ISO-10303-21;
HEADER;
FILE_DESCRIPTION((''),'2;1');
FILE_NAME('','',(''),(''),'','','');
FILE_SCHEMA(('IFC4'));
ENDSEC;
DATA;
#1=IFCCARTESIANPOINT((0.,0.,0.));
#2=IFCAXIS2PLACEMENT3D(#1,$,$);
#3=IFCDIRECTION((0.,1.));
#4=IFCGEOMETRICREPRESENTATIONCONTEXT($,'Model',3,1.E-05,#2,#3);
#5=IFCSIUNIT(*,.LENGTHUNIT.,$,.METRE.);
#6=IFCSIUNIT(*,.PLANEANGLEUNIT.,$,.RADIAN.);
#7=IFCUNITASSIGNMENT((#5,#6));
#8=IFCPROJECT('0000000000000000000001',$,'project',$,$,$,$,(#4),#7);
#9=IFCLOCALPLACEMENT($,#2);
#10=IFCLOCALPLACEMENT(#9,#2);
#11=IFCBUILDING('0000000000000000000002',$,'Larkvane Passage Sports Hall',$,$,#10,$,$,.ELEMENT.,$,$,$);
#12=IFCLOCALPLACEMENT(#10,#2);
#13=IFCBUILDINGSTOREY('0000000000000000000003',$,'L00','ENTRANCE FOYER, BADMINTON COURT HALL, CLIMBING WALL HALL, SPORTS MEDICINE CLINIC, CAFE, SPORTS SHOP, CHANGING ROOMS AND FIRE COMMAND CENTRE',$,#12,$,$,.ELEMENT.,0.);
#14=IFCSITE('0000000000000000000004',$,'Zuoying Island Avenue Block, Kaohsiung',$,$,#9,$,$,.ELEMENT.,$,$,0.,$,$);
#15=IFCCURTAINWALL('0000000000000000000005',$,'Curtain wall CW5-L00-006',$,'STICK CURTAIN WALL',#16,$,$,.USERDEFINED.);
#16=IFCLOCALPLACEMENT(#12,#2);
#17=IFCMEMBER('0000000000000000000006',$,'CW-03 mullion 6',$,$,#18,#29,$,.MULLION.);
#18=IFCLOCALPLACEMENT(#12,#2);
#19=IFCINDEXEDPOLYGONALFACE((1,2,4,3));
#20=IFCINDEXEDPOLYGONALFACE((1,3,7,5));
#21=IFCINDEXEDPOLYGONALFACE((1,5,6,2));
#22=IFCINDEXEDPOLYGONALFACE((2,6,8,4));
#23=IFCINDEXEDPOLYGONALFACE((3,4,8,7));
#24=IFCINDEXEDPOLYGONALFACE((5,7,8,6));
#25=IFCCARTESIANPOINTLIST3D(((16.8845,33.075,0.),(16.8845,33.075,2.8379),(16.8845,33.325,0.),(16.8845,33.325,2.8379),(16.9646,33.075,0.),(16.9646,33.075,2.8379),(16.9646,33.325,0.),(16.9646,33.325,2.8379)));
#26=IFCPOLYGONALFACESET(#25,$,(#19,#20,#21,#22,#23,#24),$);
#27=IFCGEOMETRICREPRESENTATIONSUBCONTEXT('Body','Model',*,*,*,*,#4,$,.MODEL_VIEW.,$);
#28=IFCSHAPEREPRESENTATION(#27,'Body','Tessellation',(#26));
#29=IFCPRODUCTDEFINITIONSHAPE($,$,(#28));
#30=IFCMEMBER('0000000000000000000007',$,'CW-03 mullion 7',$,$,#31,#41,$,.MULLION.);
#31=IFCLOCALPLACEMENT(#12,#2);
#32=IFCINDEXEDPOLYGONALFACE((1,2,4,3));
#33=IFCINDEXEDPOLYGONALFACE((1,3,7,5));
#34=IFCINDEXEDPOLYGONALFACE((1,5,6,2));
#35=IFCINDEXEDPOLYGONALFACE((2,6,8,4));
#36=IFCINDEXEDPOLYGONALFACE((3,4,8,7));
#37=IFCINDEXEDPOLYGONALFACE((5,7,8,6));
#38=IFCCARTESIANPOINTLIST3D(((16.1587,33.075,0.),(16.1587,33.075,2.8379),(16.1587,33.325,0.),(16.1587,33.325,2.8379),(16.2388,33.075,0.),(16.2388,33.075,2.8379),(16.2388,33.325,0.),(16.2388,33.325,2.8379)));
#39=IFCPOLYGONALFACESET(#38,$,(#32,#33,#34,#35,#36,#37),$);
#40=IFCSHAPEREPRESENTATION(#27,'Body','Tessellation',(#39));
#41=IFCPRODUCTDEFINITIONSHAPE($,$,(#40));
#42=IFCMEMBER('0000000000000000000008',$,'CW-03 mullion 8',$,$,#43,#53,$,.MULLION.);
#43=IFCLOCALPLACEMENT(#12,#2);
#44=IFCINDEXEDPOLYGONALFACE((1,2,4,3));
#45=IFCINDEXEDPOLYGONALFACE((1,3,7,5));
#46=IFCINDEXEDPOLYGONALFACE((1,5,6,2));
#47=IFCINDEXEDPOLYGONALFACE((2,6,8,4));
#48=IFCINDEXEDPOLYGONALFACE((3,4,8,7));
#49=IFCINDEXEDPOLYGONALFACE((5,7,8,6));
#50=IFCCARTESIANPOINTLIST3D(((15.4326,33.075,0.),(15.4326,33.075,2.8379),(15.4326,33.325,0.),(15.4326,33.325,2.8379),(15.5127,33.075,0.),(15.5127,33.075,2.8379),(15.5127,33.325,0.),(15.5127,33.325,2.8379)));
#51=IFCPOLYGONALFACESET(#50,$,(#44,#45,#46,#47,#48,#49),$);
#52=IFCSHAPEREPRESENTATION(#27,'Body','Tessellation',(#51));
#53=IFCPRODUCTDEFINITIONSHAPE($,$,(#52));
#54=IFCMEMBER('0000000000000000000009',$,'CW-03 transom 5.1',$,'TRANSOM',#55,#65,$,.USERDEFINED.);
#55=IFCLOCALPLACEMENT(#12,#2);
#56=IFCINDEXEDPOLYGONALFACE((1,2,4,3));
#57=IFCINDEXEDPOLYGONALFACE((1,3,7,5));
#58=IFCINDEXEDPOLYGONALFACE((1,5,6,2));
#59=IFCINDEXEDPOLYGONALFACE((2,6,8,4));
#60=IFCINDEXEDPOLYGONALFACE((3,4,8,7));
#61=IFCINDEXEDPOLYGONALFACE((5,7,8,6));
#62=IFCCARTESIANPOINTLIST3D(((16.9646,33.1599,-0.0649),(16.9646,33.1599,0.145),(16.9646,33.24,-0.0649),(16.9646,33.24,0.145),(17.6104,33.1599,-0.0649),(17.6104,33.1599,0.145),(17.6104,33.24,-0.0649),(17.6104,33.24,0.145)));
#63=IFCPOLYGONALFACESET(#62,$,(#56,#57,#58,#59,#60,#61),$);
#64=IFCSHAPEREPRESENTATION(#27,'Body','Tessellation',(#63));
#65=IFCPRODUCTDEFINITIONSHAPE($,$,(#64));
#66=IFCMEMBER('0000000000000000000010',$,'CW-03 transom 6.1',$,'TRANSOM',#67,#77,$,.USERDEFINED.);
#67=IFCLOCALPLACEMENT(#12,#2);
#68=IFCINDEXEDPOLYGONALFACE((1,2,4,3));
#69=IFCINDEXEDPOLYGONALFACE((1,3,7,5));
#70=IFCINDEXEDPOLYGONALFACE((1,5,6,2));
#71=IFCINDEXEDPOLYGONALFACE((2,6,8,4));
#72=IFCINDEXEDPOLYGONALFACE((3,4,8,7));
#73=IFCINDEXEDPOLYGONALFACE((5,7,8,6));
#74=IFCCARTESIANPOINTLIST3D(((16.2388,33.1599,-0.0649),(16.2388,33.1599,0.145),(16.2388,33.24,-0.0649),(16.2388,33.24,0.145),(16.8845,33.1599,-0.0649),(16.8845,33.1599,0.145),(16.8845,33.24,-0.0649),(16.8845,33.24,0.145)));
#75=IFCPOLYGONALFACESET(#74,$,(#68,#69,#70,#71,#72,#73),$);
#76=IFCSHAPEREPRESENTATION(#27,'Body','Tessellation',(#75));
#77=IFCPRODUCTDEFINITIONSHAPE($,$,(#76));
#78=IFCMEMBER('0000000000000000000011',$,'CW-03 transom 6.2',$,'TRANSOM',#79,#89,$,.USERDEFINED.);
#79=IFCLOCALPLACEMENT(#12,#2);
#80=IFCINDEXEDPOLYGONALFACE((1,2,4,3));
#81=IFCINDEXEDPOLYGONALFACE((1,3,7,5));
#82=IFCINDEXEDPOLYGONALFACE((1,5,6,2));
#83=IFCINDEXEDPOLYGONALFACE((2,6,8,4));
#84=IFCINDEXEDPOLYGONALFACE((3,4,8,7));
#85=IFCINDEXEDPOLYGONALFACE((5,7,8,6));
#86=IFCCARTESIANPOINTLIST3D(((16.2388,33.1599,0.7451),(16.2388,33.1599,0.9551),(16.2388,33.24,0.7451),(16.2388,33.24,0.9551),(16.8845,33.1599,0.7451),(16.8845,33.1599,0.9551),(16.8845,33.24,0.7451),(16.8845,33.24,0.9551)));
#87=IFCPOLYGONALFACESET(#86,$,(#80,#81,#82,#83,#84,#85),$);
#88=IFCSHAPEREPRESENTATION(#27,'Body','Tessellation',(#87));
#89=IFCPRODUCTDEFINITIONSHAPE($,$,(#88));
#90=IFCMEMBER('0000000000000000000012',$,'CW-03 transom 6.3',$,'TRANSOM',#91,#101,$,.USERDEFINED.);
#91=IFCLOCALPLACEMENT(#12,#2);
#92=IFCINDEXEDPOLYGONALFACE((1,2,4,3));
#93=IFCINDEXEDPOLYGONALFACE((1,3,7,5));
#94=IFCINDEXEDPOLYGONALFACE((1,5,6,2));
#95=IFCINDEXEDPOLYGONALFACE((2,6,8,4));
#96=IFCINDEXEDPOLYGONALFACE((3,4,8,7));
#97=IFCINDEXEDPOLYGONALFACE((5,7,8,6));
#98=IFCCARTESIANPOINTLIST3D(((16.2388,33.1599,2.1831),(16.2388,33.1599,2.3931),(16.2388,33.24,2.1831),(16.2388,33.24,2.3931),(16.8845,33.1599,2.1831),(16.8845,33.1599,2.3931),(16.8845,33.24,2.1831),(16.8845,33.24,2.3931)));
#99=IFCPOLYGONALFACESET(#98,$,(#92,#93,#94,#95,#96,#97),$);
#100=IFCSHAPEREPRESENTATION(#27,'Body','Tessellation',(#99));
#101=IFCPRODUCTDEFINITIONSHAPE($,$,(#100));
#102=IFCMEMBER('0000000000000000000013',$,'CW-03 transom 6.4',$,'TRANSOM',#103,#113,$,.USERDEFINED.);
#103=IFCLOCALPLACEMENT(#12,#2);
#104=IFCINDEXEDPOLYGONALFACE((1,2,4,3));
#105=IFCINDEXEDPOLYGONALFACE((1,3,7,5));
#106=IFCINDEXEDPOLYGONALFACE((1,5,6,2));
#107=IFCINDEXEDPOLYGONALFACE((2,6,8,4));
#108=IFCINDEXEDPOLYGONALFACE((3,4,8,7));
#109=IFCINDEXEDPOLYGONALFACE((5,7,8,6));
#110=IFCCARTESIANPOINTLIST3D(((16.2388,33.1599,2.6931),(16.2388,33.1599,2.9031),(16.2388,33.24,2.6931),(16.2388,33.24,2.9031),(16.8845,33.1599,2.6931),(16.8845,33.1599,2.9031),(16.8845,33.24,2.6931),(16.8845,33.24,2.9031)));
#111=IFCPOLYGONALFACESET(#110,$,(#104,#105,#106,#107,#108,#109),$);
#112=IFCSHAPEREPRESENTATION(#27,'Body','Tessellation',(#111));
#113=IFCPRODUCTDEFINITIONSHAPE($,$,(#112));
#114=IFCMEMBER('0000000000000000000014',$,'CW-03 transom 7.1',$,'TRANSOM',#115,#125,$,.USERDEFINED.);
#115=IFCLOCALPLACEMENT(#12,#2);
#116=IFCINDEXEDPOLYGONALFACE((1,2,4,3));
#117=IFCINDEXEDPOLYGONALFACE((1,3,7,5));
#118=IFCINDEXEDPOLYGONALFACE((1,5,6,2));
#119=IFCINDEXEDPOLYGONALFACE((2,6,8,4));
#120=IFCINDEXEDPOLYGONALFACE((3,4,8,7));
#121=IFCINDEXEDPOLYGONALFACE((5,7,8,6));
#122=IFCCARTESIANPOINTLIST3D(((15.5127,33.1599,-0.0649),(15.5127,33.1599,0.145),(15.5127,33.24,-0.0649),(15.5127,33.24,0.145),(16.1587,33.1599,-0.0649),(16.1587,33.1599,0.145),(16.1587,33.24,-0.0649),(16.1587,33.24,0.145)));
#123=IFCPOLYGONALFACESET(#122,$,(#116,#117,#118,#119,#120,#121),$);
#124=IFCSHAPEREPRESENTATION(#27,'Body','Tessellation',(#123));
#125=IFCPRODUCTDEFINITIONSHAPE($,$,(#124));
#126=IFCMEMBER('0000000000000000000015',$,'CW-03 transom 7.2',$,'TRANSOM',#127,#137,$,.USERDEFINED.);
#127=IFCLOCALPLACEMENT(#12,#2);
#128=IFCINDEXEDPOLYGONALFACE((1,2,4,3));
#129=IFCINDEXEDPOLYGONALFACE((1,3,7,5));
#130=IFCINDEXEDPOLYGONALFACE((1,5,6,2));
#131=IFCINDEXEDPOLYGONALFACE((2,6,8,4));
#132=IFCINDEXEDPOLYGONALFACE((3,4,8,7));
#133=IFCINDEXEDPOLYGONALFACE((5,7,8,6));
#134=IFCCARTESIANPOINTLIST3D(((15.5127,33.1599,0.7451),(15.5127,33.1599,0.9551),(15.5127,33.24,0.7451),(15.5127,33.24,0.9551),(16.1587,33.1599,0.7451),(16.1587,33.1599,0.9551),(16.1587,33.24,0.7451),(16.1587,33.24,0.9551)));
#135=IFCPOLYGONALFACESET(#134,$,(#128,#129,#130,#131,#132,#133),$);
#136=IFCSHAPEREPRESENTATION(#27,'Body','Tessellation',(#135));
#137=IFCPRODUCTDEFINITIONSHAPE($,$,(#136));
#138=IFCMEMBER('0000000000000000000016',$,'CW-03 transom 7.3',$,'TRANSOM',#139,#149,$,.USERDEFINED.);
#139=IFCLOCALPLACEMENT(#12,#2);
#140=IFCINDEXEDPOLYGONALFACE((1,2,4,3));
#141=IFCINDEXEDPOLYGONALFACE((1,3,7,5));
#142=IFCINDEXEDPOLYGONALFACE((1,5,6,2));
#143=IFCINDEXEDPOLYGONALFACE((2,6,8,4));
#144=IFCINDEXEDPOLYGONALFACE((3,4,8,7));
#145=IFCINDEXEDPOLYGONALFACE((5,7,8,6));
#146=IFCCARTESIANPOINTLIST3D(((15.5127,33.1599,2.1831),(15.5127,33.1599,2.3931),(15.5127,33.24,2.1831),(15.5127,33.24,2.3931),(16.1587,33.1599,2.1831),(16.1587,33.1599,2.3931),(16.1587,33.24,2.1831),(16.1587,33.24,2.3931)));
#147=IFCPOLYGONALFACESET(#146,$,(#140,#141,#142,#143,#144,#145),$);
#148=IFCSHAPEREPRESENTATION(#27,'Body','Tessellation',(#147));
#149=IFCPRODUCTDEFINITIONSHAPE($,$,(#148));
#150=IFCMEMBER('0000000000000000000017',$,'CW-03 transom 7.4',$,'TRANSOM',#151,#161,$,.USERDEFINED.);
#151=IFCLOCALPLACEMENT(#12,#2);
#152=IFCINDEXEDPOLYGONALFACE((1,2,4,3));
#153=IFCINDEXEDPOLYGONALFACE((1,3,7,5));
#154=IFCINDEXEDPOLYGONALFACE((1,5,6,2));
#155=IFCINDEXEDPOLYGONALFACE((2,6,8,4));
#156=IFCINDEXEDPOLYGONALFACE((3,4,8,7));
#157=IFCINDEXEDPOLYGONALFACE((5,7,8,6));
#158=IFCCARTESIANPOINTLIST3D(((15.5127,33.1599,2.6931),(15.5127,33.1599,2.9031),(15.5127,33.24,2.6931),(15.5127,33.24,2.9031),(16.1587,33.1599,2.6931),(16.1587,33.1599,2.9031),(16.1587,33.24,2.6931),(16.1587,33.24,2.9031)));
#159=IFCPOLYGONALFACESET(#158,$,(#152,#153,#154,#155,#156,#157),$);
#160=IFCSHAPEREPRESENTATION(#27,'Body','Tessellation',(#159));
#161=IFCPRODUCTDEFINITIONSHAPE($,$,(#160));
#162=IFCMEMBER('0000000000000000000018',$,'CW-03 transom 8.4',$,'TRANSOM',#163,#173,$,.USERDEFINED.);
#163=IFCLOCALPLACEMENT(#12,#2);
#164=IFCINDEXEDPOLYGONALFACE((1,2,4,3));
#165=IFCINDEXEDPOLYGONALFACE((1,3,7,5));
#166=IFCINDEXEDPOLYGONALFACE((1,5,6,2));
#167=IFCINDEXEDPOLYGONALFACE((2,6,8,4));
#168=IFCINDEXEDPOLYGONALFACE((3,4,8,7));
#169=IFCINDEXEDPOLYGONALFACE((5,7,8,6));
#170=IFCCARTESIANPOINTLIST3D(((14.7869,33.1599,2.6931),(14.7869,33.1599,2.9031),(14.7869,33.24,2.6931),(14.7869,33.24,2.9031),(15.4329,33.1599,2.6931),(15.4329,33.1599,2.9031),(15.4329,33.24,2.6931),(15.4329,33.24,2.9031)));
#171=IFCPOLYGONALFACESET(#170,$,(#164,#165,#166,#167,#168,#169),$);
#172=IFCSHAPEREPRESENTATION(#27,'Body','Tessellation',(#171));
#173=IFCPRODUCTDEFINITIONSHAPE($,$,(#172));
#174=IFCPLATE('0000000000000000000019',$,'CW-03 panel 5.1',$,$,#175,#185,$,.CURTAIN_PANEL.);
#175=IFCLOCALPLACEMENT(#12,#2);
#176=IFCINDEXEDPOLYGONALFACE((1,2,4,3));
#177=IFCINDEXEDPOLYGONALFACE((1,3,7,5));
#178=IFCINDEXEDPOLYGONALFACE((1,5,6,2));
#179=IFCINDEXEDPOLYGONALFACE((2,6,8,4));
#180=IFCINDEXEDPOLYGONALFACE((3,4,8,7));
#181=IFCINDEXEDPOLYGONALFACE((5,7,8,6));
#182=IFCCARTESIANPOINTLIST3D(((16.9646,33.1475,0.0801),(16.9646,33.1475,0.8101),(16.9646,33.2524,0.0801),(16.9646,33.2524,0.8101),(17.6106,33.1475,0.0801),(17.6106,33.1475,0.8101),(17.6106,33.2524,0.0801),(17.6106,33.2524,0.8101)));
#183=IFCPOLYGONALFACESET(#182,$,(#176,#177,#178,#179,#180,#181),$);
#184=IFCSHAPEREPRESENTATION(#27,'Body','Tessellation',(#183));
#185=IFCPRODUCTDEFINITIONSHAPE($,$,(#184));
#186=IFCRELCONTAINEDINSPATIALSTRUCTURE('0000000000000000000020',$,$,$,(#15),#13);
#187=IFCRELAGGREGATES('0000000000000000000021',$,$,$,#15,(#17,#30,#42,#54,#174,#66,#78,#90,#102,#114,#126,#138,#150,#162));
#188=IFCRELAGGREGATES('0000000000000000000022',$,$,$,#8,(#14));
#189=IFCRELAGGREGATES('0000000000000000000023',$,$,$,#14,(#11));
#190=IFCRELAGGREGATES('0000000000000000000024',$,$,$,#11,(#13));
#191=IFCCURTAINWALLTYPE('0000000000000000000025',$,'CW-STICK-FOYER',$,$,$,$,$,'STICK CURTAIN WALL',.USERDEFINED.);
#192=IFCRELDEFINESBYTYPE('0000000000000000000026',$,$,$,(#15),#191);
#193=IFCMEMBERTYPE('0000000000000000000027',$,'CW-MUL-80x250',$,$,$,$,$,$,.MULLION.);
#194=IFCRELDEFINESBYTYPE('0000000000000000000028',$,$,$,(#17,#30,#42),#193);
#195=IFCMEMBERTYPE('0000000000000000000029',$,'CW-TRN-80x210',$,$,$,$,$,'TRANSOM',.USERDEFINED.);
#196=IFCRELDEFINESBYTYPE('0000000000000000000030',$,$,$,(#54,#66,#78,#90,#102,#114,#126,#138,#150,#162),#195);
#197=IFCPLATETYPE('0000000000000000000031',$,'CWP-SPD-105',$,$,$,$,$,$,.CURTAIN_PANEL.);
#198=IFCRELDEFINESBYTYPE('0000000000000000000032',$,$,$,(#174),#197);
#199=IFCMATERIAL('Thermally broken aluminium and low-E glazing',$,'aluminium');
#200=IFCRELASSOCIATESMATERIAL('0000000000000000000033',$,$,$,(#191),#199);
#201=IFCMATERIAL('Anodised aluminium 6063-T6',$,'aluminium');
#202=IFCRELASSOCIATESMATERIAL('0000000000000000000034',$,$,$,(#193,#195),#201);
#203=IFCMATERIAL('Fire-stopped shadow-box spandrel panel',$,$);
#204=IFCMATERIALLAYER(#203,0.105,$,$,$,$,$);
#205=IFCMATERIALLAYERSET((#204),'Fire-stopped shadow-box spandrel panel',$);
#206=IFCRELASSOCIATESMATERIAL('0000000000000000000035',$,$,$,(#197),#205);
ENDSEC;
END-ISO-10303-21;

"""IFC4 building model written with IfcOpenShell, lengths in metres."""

from ifc_helpers import new_model, si_unit, direction, frame, origin, origin_2d, place, context, subcontext, project, spatial, rectangle, extrude, material, layer, layer_set, material_profile, profile_set, type_object, element, aggregate, save


model = new_model("IFC4")

# Units and contexts
model_context = context("Model", 3, precision=1e-05, world=origin(), true_north=direction((0.0, 1.0)))
body_context = subcontext(model_context, "Body", "Model", "MODEL_VIEW")
ifc_project = project(units=[si_unit("LENGTHUNIT", "METRE"), si_unit("PLANEANGLEUNIT", "RADIAN")], contexts=[model_context])

# Site, building, storey
site_placement = place(None, origin())
site = spatial("IfcSite", under=ifc_project, at=site_placement, Name="Zuoying Island Avenue Block, Kaohsiung", CompositionType="ELEMENT", RefElevation=0.0)
building_placement = place(site_placement, origin())
building = spatial("IfcBuilding", under=site, at=building_placement, Name="Larkvane Passage Sports Hall", CompositionType="ELEMENT")
storey_placement = place(building_placement, origin())
storey = spatial("IfcBuildingStorey", under=building, at=storey_placement, Name="L00", Description="ENTRANCE FOYER, BADMINTON COURT HALL, CLIMBING WALL HALL, SPORTS MEDICINE CLINIC, CAFE, SPORTS SHOP, CHANGING ROOMS AND FIRE COMMAND CENTRE", CompositionType="ELEMENT", Elevation=0.0)

# Curtain wall, members, plate
ifc_material_1 = material(Name="Thermally broken aluminium and low-E glazing", Category="aluminium")
curtain_wall_type = type_object("IfcCurtainWallType", Name="CW-STICK-FOYER", ElementType="STICK CURTAIN WALL", PredefinedType="USERDEFINED", material=ifc_material_1)
curtain_wall_placement = place(storey_placement, origin())
curtain_wall = element("IfcCurtainWall", 1, at=curtain_wall_placement, inside=storey, type_object=curtain_wall_type, Name="Curtain wall CW5-L00-006", ObjectType="STICK CURTAIN WALL", PredefinedType="USERDEFINED")
ifc_material_2 = material(Name="Anodised aluminium 6063-T6", Category="aluminium")
ifc_material_profile_1 = material_profile(ifc_material_2, rectangle(XDim=0.0801, YDim=0.25, at=origin_2d()), Name="ALU-MUL-80x250")
ifc_profile_set_1 = profile_set([ifc_material_profile_1], Name="Anodised aluminium 6063-T6")
member_type_1 = type_object("IfcMemberType", Name="CW-MUL-80x250", PredefinedType="MULLION", material=ifc_profile_set_1)
member_1_placement = place(storey_placement, frame((16.9246, 33.2, 0.0), z_axis=(0.0, 0.0, 1.0), x_axis=(-1.0, 0.0, 0.0)))
member_1 = element("IfcMember", 2, at=member_1_placement, type_object=member_type_1, Name="CW-03 mullion 6", PredefinedType="MULLION", context=body_context, shape_type="SweptSolid", body=[
    extrude(rectangle(XDim=0.0801, YDim=0.25, at=origin_2d()), origin(), (0.0, 0.0, 1.0), 2.8379),
])
member_2_placement = place(storey_placement, frame((16.1987, 33.2, 0.0), z_axis=(0.0, 0.0, 1.0), x_axis=(-1.0, 0.0, 0.0)))
member_2 = element("IfcMember", 3, at=member_2_placement, type_object=member_type_1, Name="CW-03 mullion 7", PredefinedType="MULLION", context=body_context, shape_type="SweptSolid", body=[
    extrude(rectangle(XDim=0.0801, YDim=0.25, at=origin_2d()), origin(), (0.0, 0.0, 1.0), 2.8379),
])
member_3_placement = place(storey_placement, frame((15.4727, 33.2, 0.0), z_axis=(0.0, 0.0, 1.0), x_axis=(-1.0, 0.0, 0.0)))
member_3 = element("IfcMember", 4, at=member_3_placement, type_object=member_type_1, Name="CW-03 mullion 8", PredefinedType="MULLION", context=body_context, shape_type="SweptSolid", body=[
    extrude(rectangle(XDim=0.0801, YDim=0.25, at=origin_2d()), origin(), (0.0, 0.0, 1.0), 2.8379),
])
ifc_material_profile_2 = material_profile(ifc_material_2, rectangle(XDim=0.0801, YDim=0.21, at=origin_2d()), Name="ALU-TRN-80x210")
ifc_profile_set_2 = profile_set([ifc_material_profile_2], Name="Anodised aluminium 6063-T6")
member_type_2 = type_object("IfcMemberType", Name="CW-TRN-80x210", ElementType="TRANSOM", PredefinedType="USERDEFINED", material=ifc_profile_set_2)
member_4_placement = place(storey_placement, frame((17.6104, 33.2, 0.04), z_axis=(-1.0, 0.0, 0.0), x_axis=(0.0, -1.0, 0.0)))
member_4 = element("IfcMember", 5, at=member_4_placement, type_object=member_type_2, Name="CW-03 transom 5.1", ObjectType="TRANSOM", PredefinedType="USERDEFINED", context=body_context, shape_type="SweptSolid", body=[
    extrude(rectangle(XDim=0.0801, YDim=0.21, at=origin_2d()), origin(), (0.0, 0.0, 1.0), 0.6458),
])
member_5_placement = place(storey_placement, frame((16.8845, 33.2, 0.04), z_axis=(-1.0, 0.0, 0.0), x_axis=(0.0, -1.0, 0.0)))
member_5 = element("IfcMember", 6, at=member_5_placement, type_object=member_type_2, Name="CW-03 transom 6.1", ObjectType="TRANSOM", PredefinedType="USERDEFINED", context=body_context, shape_type="SweptSolid", body=[
    extrude(rectangle(XDim=0.0801, YDim=0.21, at=origin_2d()), origin(), (0.0, 0.0, 1.0), 0.6458),
])
member_6_placement = place(storey_placement, frame((16.8845, 33.2, 0.8501), z_axis=(-1.0, 0.0, 0.0), x_axis=(0.0, -1.0, 0.0)))
member_6 = element("IfcMember", 7, at=member_6_placement, type_object=member_type_2, Name="CW-03 transom 6.2", ObjectType="TRANSOM", PredefinedType="USERDEFINED", context=body_context, shape_type="SweptSolid", body=[
    extrude(rectangle(XDim=0.0801, YDim=0.21, at=origin_2d()), origin(), (0.0, 0.0, 1.0), 0.6458),
])
member_7_placement = place(storey_placement, frame((16.8845, 33.2, 2.2881), z_axis=(-1.0, 0.0, 0.0), x_axis=(0.0, -1.0, 0.0)))
member_7 = element("IfcMember", 8, at=member_7_placement, type_object=member_type_2, Name="CW-03 transom 6.3", ObjectType="TRANSOM", PredefinedType="USERDEFINED", context=body_context, shape_type="SweptSolid", body=[
    extrude(rectangle(XDim=0.0801, YDim=0.21, at=origin_2d()), origin(), (0.0, 0.0, 1.0), 0.6458),
])
member_8_placement = place(storey_placement, frame((16.8845, 33.2, 2.7981), z_axis=(-1.0, 0.0, 0.0), x_axis=(0.0, -1.0, 0.0)))
member_8 = element("IfcMember", 9, at=member_8_placement, type_object=member_type_2, Name="CW-03 transom 6.4", ObjectType="TRANSOM", PredefinedType="USERDEFINED", context=body_context, shape_type="SweptSolid", body=[
    extrude(rectangle(XDim=0.0801, YDim=0.21, at=origin_2d()), origin(), (0.0, 0.0, 1.0), 0.6458),
])
member_9_placement = place(storey_placement, frame((16.1587, 33.2, 0.04), z_axis=(-1.0, 0.0, 0.0), x_axis=(0.0, -1.0, 0.0)))
member_9 = element("IfcMember", 10, at=member_9_placement, type_object=member_type_2, Name="CW-03 transom 7.1", ObjectType="TRANSOM", PredefinedType="USERDEFINED", context=body_context, shape_type="SweptSolid", body=[
    extrude(rectangle(XDim=0.0801, YDim=0.21, at=origin_2d()), origin(), (0.0, 0.0, 1.0), 0.646),
])
member_10_placement = place(storey_placement, frame((16.1587, 33.2, 0.8501), z_axis=(-1.0, 0.0, 0.0), x_axis=(0.0, -1.0, 0.0)))
member_10 = element("IfcMember", 11, at=member_10_placement, type_object=member_type_2, Name="CW-03 transom 7.2", ObjectType="TRANSOM", PredefinedType="USERDEFINED", context=body_context, shape_type="SweptSolid", body=[
    extrude(rectangle(XDim=0.0801, YDim=0.21, at=origin_2d()), origin(), (0.0, 0.0, 1.0), 0.646),
])
member_11_placement = place(storey_placement, frame((16.1587, 33.2, 2.2881), z_axis=(-1.0, 0.0, 0.0), x_axis=(0.0, -1.0, 0.0)))
member_11 = element("IfcMember", 12, at=member_11_placement, type_object=member_type_2, Name="CW-03 transom 7.3", ObjectType="TRANSOM", PredefinedType="USERDEFINED", context=body_context, shape_type="SweptSolid", body=[
    extrude(rectangle(XDim=0.0801, YDim=0.21, at=origin_2d()), origin(), (0.0, 0.0, 1.0), 0.646),
])
member_12_placement = place(storey_placement, frame((16.1587, 33.2, 2.7981), z_axis=(-1.0, 0.0, 0.0), x_axis=(0.0, -1.0, 0.0)))
member_12 = element("IfcMember", 13, at=member_12_placement, type_object=member_type_2, Name="CW-03 transom 7.4", ObjectType="TRANSOM", PredefinedType="USERDEFINED", context=body_context, shape_type="SweptSolid", body=[
    extrude(rectangle(XDim=0.0801, YDim=0.21, at=origin_2d()), origin(), (0.0, 0.0, 1.0), 0.646),
])
member_13_placement = place(storey_placement, frame((15.4329, 33.2, 2.7981), z_axis=(-1.0, 0.0, 0.0), x_axis=(0.0, -1.0, 0.0)))
member_13 = element("IfcMember", 14, at=member_13_placement, type_object=member_type_2, Name="CW-03 transom 8.4", ObjectType="TRANSOM", PredefinedType="USERDEFINED", context=body_context, shape_type="SweptSolid", body=[
    extrude(rectangle(XDim=0.0801, YDim=0.21, at=origin_2d()), origin(), (0.0, 0.0, 1.0), 0.646),
])
ifc_material_3 = material(Name="Fire-stopped shadow-box spandrel panel")
ifc_layer_1 = layer(ifc_material_3, 0.105)
ifc_layer_set_1 = layer_set([ifc_layer_1], Name="Fire-stopped shadow-box spandrel panel")
plate_type_1 = type_object("IfcPlateType", Name="CWP-SPD-105", PredefinedType="CURTAIN_PANEL", material=ifc_layer_set_1)
plate_1_placement = place(storey_placement, frame((17.2876, 33.2, 0.0801), z_axis=(0.0, 0.0, 1.0), x_axis=(-1.0, 0.0, 0.0)))
plate_1 = element("IfcPlate", 15, at=plate_1_placement, type_object=plate_type_1, Name="CW-03 panel 5.1", PredefinedType="CURTAIN_PANEL", context=body_context, shape_type="SweptSolid", body=[
    extrude(rectangle(XDim=0.646, YDim=0.105, at=origin_2d()), origin(), (0.0, 0.0, 1.0), 0.73),
])
aggregate(curtain_wall, [member_1, member_2, member_3, member_4, plate_1, member_5, member_6, member_7, member_8, member_9, member_10, member_11, member_12, member_13])

save(model, "model.ifc")
